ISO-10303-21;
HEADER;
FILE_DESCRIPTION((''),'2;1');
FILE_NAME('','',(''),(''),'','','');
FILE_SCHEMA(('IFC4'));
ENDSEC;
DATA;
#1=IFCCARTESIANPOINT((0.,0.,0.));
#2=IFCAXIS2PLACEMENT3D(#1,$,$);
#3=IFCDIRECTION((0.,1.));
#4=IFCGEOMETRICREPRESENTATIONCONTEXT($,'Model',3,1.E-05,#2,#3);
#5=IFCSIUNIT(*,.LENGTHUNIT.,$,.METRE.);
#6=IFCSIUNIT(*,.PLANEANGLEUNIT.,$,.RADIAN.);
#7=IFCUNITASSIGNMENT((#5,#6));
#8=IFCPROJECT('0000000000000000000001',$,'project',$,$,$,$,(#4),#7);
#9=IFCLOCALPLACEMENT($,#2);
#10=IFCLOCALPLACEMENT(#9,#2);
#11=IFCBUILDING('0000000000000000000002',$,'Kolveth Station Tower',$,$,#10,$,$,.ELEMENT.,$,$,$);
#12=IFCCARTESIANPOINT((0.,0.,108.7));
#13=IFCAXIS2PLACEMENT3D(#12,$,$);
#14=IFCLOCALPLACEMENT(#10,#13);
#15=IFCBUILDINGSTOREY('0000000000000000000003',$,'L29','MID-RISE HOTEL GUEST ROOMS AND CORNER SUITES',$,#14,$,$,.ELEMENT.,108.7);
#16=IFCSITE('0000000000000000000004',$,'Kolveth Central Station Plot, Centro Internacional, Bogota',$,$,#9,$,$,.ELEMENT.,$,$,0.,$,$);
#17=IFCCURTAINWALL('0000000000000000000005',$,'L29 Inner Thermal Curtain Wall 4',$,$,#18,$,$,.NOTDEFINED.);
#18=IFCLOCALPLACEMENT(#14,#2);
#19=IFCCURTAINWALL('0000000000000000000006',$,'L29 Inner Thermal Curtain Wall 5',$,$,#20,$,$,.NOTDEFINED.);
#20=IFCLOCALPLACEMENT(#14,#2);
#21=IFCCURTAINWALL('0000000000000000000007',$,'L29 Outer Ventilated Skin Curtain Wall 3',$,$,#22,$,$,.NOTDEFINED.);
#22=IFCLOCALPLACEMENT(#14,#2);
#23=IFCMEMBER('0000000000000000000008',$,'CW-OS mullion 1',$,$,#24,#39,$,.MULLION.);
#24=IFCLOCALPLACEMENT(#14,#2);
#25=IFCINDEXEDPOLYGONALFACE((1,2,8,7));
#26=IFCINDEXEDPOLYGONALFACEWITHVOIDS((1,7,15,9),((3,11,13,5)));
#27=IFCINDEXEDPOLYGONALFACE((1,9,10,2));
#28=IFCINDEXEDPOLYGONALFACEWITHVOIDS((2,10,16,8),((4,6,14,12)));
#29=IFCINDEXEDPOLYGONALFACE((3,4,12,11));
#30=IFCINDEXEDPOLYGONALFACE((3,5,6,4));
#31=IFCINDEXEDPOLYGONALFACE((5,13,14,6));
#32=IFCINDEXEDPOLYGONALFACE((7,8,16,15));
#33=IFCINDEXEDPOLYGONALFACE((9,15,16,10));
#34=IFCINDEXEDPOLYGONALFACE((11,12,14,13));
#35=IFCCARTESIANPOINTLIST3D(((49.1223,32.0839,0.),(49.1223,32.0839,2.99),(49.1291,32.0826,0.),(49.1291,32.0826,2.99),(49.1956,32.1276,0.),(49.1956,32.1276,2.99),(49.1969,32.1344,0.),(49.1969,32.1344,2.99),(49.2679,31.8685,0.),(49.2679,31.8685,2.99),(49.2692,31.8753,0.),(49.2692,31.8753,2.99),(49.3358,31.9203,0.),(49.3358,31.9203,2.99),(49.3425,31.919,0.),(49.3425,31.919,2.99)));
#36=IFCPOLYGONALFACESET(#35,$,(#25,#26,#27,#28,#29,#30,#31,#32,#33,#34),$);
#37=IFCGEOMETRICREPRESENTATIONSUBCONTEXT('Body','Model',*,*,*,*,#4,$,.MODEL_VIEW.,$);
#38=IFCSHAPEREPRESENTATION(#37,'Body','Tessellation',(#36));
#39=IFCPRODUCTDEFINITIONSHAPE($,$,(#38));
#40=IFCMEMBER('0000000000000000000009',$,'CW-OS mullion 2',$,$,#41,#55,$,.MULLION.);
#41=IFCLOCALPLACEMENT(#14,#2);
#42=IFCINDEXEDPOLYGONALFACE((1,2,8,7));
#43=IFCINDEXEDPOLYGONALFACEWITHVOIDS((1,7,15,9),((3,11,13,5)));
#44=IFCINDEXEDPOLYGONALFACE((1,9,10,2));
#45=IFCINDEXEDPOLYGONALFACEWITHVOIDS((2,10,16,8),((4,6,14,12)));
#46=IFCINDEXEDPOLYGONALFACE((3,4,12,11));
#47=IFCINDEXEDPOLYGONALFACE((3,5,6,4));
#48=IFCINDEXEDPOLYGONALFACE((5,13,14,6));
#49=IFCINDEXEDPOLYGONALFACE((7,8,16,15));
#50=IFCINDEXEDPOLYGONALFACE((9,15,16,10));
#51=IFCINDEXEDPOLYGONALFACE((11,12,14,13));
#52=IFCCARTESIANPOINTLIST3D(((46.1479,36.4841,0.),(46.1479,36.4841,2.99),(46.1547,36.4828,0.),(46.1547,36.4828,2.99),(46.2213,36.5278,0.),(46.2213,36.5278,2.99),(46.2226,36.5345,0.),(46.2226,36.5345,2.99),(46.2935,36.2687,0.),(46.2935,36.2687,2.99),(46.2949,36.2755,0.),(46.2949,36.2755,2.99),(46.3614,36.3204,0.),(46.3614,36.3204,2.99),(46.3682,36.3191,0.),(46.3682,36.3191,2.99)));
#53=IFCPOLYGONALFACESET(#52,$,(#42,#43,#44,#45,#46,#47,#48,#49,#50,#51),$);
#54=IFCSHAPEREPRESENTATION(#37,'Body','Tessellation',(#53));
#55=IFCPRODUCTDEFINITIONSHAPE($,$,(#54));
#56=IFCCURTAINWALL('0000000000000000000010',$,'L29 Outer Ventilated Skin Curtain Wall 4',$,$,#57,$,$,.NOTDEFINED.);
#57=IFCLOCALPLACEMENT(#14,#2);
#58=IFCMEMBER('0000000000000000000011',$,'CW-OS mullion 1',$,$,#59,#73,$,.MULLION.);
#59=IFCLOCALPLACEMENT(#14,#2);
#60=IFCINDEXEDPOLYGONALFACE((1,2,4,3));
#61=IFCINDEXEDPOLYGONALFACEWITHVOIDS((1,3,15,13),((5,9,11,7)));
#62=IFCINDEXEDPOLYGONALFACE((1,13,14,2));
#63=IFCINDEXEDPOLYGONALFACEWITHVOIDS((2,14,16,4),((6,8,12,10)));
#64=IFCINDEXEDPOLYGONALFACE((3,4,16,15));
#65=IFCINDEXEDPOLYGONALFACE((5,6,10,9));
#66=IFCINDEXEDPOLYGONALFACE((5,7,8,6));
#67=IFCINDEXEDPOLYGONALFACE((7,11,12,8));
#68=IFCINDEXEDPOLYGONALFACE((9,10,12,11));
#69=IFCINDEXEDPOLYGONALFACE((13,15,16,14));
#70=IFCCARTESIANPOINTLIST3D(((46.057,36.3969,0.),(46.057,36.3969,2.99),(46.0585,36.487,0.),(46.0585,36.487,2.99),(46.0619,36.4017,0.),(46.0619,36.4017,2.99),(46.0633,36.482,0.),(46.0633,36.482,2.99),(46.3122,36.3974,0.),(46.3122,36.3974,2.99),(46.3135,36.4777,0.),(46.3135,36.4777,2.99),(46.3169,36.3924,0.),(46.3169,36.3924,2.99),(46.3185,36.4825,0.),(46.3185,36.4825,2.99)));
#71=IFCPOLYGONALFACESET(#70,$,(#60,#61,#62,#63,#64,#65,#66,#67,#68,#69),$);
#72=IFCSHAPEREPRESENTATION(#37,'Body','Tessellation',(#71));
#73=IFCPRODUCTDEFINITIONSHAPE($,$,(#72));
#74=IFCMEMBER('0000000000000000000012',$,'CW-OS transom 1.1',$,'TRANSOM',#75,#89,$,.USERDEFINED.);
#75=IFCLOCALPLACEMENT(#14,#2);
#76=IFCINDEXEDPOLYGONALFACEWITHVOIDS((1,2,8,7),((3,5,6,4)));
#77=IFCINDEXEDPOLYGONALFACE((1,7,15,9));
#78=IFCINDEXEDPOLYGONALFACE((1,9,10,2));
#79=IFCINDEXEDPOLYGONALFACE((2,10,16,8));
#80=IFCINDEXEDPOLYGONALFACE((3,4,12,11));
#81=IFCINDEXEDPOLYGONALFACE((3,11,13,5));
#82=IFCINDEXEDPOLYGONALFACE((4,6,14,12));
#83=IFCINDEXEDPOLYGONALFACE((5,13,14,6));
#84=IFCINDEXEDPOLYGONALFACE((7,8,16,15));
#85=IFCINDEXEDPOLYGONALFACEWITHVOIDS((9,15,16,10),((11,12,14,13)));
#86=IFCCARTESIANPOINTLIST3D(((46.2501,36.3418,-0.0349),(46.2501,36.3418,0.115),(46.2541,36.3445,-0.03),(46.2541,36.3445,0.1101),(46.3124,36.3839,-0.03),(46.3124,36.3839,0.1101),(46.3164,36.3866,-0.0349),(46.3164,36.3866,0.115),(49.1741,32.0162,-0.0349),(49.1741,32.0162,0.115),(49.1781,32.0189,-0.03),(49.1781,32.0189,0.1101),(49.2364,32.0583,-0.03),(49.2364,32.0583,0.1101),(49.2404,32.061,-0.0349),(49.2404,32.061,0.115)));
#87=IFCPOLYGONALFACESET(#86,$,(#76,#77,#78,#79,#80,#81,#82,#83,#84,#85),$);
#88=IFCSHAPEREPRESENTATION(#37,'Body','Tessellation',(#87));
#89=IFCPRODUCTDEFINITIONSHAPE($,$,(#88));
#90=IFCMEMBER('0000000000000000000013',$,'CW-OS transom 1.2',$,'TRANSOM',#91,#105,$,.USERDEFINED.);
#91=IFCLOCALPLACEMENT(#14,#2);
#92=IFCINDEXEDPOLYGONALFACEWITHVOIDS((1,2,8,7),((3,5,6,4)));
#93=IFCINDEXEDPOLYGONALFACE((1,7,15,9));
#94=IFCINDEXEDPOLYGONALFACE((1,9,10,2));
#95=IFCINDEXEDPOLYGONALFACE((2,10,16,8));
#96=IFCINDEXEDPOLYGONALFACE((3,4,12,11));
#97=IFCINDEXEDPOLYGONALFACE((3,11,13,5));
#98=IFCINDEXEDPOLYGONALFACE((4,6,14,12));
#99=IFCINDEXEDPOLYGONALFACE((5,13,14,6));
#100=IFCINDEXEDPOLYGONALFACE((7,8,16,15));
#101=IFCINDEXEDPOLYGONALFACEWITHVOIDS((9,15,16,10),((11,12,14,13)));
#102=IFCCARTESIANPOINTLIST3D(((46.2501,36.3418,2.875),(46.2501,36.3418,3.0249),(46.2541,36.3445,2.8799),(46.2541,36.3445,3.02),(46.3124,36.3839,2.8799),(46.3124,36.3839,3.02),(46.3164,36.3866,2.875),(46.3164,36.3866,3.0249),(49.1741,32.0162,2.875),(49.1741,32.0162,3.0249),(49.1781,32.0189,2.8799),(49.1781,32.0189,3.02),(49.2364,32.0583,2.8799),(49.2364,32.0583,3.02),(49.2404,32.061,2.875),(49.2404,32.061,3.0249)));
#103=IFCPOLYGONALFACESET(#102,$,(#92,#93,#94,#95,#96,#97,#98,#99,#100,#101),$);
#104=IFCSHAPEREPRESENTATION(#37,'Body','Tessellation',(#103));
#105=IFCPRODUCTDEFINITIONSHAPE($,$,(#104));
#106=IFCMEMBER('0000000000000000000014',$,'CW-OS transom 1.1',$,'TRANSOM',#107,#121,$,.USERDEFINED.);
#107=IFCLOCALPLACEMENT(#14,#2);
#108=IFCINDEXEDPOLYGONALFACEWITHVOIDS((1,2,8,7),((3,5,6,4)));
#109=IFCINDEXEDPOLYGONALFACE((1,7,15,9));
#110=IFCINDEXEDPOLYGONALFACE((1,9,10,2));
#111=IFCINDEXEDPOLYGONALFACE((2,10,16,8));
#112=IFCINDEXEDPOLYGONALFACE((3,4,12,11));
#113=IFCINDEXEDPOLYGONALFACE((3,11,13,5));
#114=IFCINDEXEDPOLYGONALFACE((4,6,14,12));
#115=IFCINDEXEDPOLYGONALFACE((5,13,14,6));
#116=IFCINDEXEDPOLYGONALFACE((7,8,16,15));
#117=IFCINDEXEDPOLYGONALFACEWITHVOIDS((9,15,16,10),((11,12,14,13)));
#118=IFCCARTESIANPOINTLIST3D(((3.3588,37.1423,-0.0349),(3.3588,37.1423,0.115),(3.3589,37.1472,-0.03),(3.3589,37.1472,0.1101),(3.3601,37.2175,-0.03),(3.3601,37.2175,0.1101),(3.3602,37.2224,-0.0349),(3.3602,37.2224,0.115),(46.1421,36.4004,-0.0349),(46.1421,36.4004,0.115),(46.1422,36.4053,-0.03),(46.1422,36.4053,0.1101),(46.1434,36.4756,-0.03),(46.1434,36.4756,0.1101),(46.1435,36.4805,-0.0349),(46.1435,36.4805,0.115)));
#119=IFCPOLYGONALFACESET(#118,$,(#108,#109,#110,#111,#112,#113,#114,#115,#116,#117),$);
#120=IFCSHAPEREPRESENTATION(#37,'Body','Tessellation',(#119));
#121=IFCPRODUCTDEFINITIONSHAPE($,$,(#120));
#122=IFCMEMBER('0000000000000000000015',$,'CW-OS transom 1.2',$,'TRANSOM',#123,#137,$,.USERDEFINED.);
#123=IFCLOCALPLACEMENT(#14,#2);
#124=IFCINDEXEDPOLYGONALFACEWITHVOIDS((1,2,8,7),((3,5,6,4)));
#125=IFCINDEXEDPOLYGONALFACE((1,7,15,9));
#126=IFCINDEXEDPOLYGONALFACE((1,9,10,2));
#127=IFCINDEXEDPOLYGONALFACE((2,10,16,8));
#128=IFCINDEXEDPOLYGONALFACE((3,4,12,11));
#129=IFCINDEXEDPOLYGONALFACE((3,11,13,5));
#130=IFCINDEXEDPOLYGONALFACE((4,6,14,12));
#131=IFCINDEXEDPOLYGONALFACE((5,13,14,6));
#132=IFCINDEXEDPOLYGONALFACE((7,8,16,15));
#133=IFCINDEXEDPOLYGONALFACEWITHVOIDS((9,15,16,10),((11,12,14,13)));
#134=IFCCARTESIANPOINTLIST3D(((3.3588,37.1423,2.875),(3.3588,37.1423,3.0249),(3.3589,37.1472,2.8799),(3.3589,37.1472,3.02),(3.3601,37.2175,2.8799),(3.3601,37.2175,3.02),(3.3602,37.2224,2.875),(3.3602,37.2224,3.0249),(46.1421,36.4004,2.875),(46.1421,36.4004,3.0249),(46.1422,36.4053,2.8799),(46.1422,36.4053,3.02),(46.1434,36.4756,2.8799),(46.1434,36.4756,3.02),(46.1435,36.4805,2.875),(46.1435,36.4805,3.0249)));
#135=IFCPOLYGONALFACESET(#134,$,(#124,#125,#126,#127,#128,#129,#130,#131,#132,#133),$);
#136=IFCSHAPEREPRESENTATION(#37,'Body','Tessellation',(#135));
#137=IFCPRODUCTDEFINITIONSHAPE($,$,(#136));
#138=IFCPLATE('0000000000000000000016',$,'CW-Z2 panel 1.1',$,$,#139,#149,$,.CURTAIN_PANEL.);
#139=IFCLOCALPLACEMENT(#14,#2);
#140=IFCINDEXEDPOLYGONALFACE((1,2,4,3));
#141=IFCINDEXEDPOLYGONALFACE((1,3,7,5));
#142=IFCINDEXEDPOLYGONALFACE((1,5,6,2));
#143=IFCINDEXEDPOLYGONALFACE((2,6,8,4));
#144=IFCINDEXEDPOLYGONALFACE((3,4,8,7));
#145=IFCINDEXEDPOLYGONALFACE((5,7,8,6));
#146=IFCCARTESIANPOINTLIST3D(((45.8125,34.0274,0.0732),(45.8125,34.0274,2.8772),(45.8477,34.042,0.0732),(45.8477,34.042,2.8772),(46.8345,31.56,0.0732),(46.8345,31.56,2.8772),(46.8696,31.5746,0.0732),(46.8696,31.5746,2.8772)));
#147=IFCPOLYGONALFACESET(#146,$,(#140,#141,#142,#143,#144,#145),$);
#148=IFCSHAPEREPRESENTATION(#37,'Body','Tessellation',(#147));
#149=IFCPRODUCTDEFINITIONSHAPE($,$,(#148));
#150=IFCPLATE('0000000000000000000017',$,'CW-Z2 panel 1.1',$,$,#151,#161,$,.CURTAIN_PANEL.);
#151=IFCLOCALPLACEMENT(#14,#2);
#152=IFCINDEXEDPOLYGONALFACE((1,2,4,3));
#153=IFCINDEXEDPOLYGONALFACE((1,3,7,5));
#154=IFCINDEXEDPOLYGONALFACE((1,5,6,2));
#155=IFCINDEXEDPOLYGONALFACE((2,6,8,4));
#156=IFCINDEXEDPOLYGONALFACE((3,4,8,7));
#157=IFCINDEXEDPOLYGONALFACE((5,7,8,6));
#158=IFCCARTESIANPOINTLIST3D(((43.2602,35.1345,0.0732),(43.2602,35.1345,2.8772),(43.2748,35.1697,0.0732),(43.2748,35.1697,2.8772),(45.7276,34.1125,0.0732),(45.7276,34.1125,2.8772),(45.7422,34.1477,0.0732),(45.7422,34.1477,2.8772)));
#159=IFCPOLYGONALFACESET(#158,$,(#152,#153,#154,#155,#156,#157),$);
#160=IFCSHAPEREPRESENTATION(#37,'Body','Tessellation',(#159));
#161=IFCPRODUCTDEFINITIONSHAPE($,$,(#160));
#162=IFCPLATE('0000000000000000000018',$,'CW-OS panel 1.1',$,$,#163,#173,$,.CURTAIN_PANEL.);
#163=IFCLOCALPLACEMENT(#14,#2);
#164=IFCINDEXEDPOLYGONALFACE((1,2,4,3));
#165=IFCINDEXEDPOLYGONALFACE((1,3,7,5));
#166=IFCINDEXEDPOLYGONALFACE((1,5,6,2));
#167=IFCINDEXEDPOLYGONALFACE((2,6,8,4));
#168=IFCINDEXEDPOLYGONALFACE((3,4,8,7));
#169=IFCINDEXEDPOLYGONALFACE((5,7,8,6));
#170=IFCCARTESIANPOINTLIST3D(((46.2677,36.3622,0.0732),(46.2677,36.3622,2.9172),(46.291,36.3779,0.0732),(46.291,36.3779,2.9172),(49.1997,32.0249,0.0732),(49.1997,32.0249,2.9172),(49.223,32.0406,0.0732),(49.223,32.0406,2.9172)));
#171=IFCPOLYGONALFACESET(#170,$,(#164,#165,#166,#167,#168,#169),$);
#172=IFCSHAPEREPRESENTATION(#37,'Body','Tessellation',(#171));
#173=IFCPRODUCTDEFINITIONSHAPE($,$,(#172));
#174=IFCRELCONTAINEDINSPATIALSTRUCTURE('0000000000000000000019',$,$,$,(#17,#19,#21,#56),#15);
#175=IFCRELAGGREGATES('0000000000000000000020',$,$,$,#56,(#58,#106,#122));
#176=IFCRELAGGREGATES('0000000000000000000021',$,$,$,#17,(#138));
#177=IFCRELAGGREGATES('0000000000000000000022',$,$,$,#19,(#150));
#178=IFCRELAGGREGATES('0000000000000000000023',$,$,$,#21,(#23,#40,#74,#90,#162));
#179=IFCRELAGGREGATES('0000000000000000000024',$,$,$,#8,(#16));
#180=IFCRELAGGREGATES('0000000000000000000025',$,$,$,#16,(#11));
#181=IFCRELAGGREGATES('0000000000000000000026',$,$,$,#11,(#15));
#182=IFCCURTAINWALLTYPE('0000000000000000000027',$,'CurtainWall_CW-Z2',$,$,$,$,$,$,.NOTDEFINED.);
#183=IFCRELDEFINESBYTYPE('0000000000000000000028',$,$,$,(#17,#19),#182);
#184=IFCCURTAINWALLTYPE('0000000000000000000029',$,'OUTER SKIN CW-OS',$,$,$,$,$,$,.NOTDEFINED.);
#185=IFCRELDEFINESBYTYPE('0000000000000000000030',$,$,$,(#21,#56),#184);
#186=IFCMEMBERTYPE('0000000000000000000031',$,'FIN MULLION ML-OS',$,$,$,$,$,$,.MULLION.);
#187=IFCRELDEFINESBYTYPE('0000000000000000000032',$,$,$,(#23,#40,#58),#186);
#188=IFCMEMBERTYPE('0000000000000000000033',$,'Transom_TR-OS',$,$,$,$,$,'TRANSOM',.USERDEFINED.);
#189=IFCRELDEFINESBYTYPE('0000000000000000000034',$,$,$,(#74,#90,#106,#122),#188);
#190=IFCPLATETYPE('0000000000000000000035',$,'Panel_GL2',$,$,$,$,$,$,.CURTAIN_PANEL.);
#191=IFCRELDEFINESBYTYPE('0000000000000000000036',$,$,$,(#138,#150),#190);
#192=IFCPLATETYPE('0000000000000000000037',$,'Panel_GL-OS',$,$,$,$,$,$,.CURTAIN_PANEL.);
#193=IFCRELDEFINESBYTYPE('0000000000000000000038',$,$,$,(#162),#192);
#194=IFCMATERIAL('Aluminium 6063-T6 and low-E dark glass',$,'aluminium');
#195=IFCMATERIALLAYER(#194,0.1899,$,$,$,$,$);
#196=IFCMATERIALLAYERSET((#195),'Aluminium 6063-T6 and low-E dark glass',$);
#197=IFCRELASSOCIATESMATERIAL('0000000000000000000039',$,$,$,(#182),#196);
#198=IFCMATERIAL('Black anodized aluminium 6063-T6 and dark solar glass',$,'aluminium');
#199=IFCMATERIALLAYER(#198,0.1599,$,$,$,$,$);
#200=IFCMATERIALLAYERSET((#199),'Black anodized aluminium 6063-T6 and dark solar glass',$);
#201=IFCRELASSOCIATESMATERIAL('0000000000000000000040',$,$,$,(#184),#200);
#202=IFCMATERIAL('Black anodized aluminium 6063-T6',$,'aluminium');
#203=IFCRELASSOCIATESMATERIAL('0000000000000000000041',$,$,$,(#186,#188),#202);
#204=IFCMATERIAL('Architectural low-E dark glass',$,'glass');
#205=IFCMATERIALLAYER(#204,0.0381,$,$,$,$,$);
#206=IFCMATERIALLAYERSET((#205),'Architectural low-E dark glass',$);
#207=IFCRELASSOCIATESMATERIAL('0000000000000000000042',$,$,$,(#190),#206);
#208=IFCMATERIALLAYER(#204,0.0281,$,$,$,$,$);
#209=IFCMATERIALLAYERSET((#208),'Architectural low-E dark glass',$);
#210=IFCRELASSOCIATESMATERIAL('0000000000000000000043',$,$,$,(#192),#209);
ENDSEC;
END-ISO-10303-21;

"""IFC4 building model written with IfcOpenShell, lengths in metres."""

from ifc_helpers import new_model, si_unit, direction, frame, origin, origin_2d, place, context, subcontext, project, spatial, rectangle, hollow_rectangle, extrude, source, transform, mapped, material, layer, layer_set, material_profile, profile_set, type_object, element, aggregate, save


model = new_model("IFC4")

# Units and contexts
model_context = context("Model", 3, precision=1e-05, world=origin(), true_north=direction((0.0, 1.0)))
body_context = subcontext(model_context, "Body", "Model", "MODEL_VIEW")
ifc_project = project(units=[si_unit("LENGTHUNIT", "METRE"), si_unit("PLANEANGLEUNIT", "RADIAN")], contexts=[model_context])

# Site, building, storey
site_placement = place(None, origin())
site = spatial("IfcSite", under=ifc_project, at=site_placement, Name="Kolveth Central Station Plot, Centro Internacional, Bogota", CompositionType="ELEMENT", RefElevation=0.0)
building_placement = place(site_placement, origin())
building = spatial("IfcBuilding", under=site, at=building_placement, Name="Kolveth Station Tower", CompositionType="ELEMENT")
storey_placement = place(building_placement, frame((0.0, 0.0, 108.7)))
storey = spatial("IfcBuildingStorey", under=building, at=storey_placement, Name="L29", Description="MID-RISE HOTEL GUEST ROOMS AND CORNER SUITES", CompositionType="ELEMENT", Elevation=108.7)

# Curtain wall
ifc_material_1 = material(Name="Aluminium 6063-T6 and low-E dark glass", Category="aluminium")
ifc_layer_1 = layer(ifc_material_1, 0.1899)
ifc_layer_set_1 = layer_set([ifc_layer_1], Name="Aluminium 6063-T6 and low-E dark glass")
curtain_wall_type_1 = type_object("IfcCurtainWallType", Name="CurtainWall_CW-Z2", PredefinedType="NOTDEFINED", material=ifc_layer_set_1)
curtain_wall_1_placement = place(storey_placement, origin())
curtain_wall_1 = element("IfcCurtainWall", 1, at=curtain_wall_1_placement, inside=storey, type_object=curtain_wall_type_1, Name="L29 Inner Thermal Curtain Wall 4", PredefinedType="NOTDEFINED")
ifc_material_2 = material(Name="Black anodized aluminium 6063-T6", Category="aluminium")

# Curtain wall
curtain_wall_2_placement = place(storey_placement, origin())
curtain_wall_2 = element("IfcCurtainWall", 2, at=curtain_wall_2_placement, inside=storey, type_object=curtain_wall_type_1, Name="L29 Inner Thermal Curtain Wall 5", PredefinedType="NOTDEFINED")

# Shared definitions
ifc_material_3 = material(Name="Black anodized aluminium 6063-T6 and dark solar glass", Category="aluminium")
ifc_layer_2 = layer(ifc_material_3, 0.1599)
ifc_layer_set_2 = layer_set([ifc_layer_2], Name="Black anodized aluminium 6063-T6 and dark solar glass")
curtain_wall_type_2 = type_object("IfcCurtainWallType", Name="OUTER SKIN CW-OS", PredefinedType="NOTDEFINED", material=ifc_layer_set_2)
ifc_material_profile_1 = material_profile(ifc_material_2, hollow_rectangle(XDim=0.0901, YDim=0.26, WallThickness=0.0049, at=origin_2d()), Name="ALU-90x260x5")
ifc_profile_set_1 = profile_set([ifc_material_profile_1], Name="Black anodized aluminium 6063-T6")
member_type_1 = type_object("IfcMemberType", Name="FIN MULLION ML-OS", PredefinedType="MULLION", material=ifc_profile_set_1)
shared_shape_1 = source(origin(), body_context, "Body", "SweptSolid", [
    extrude(hollow_rectangle(XDim=0.0901, YDim=0.26, WallThickness=0.0049, at=origin_2d()), origin(), (0.0, 0.0, 1.0), 2.99),
])

# Curtain wall, members
curtain_wall_3_placement = place(storey_placement, origin())
curtain_wall_3 = element("IfcCurtainWall", 3, at=curtain_wall_3_placement, inside=storey, type_object=curtain_wall_type_2, Name="L29 Outer Ventilated Skin Curtain Wall 3", PredefinedType="NOTDEFINED")
member_1_placement = place(storey_placement, frame((49.2324, 32.0015, 0.0), z_axis=(0.0, 0.0, 1.0), x_axis=(-0.82847, -0.560034, 0.0)))
member_1 = element("IfcMember", 4, at=member_1_placement, type_object=member_type_1, Name="CW-OS mullion 1", PredefinedType="MULLION", context=body_context, shape_type="MappedRepresentation", body=[
    mapped(shared_shape_1, transform((0.0, 0.0, 0.0), x_axis=(1.0, 0.0, 0.0), y_axis=(0.0, 1.0, 0.0), z_axis=(0.0, 0.0, 1.0), scale=1.0)),
])
member_2_placement = place(storey_placement, frame((46.2581, 36.4016, 0.0), z_axis=(0.0, 0.0, 1.0), x_axis=(-0.82847, -0.560034, 0.0)))
member_2 = element("IfcMember", 5, at=member_2_placement, type_object=member_type_1, Name="CW-OS mullion 2", PredefinedType="MULLION", context=body_context, shape_type="MappedRepresentation", body=[
    mapped(shared_shape_1, transform((0.0, 0.0, 0.0), x_axis=(1.0, 0.0, 0.0), y_axis=(0.0, 1.0, 0.0), z_axis=(0.0, 0.0, 1.0), scale=1.0)),
])

# Curtain wall, member
curtain_wall_4_placement = place(storey_placement, origin())
curtain_wall_4 = element("IfcCurtainWall", 6, at=curtain_wall_4_placement, inside=storey, type_object=curtain_wall_type_2, Name="L29 Outer Ventilated Skin Curtain Wall 4", PredefinedType="NOTDEFINED")
member_3_placement = place(storey_placement, frame((46.1877, 36.4397, 0.0), z_axis=(0.0, 0.0, 1.0), x_axis=(-0.017338, -0.99985, 0.0)))
member_3 = element("IfcMember", 7, at=member_3_placement, type_object=member_type_1, Name="CW-OS mullion 1", PredefinedType="MULLION", context=body_context, shape_type="MappedRepresentation", body=[
    mapped(shared_shape_1, transform((0.0, 0.0, 0.0), x_axis=(1.0, 0.0, 0.0), y_axis=(0.0, 1.0, 0.0), z_axis=(0.0, 0.0, 1.0), scale=1.0)),
])

# Members
ifc_material_profile_2 = material_profile(ifc_material_2, hollow_rectangle(XDim=0.0801, YDim=0.1499, WallThickness=0.0049, at=origin_2d()), Name="ALU-80x150x5")
ifc_profile_set_2 = profile_set([ifc_material_profile_2], Name="Black anodized aluminium 6063-T6")
member_type_2 = type_object("IfcMemberType", Name="Transom_TR-OS", ElementType="TRANSOM", PredefinedType="USERDEFINED", material=ifc_profile_set_2)
shared_shape_2 = source(origin(), body_context, "Body", "SweptSolid", [
    extrude(hollow_rectangle(XDim=0.0801, YDim=0.1499, WallThickness=0.0049, at=origin_2d()), origin(), (0.0, 0.0, 1.0), 5.2212),
])
member_4_placement = place(storey_placement, frame((49.2073, 32.0386, 0.04), z_axis=(-0.56003, 0.828472, 0.0), x_axis=(-0.828472, -0.56003, 0.0)))
member_4 = element("IfcMember", 8, at=member_4_placement, type_object=member_type_2, Name="CW-OS transom 1.1", ObjectType="TRANSOM", PredefinedType="USERDEFINED", context=body_context, shape_type="MappedRepresentation", body=[
    mapped(shared_shape_2, transform((0.0, 0.0, 0.0), x_axis=(1.0, 0.0, 0.0), y_axis=(0.0, 1.0, 0.0), z_axis=(0.0, 0.0, 1.0), scale=1.0)),
])
member_5_placement = place(storey_placement, frame((49.2073, 32.0386, 2.95), z_axis=(-0.56003, 0.828472, 0.0), x_axis=(-0.828472, -0.56003, 0.0)))
member_5 = element("IfcMember", 9, at=member_5_placement, type_object=member_type_2, Name="CW-OS transom 1.2", ObjectType="TRANSOM", PredefinedType="USERDEFINED", context=body_context, shape_type="MappedRepresentation", body=[
    mapped(shared_shape_2, transform((0.0, 0.0, 0.0), x_axis=(1.0, 0.0, 0.0), y_axis=(0.0, 1.0, 0.0), z_axis=(0.0, 0.0, 1.0), scale=1.0)),
])
shared_shape_3 = source(origin(), body_context, "Body", "SweptSolid", [
    extrude(hollow_rectangle(XDim=0.0801, YDim=0.1499, WallThickness=0.0049, at=origin_2d()), origin(), (0.0, 0.0, 1.0), 42.7898),
])
member_6_placement = place(storey_placement, frame((46.1428, 36.4404, 0.04), z_axis=(-0.99985, 0.017339, 0.0), x_axis=(-0.017339, -0.99985, 0.0)))
member_6 = element("IfcMember", 10, at=member_6_placement, type_object=member_type_2, Name="CW-OS transom 1.1", ObjectType="TRANSOM", PredefinedType="USERDEFINED", context=body_context, shape_type="MappedRepresentation", body=[
    mapped(shared_shape_3, transform((0.0, 0.0, 0.0), x_axis=(1.0, 0.0, 0.0), y_axis=(0.0, 1.0, 0.0), z_axis=(0.0, 0.0, 1.0), scale=1.0)),
])
member_7_placement = place(storey_placement, frame((46.1428, 36.4404, 2.95), z_axis=(-0.99985, 0.017339, 0.0), x_axis=(-0.017339, -0.99985, 0.0)))
member_7 = element("IfcMember", 11, at=member_7_placement, type_object=member_type_2, Name="CW-OS transom 1.2", ObjectType="TRANSOM", PredefinedType="USERDEFINED", context=body_context, shape_type="MappedRepresentation", body=[
    mapped(shared_shape_3, transform((0.0, 0.0, 0.0), x_axis=(1.0, 0.0, 0.0), y_axis=(0.0, 1.0, 0.0), z_axis=(0.0, 0.0, 1.0), scale=1.0)),
])
aggregate(curtain_wall_4, [member_3, member_6, member_7])

# Plates
ifc_material_4 = material(Name="Architectural low-E dark glass", Category="glass")
ifc_layer_3 = layer(ifc_material_4, 0.0381)
ifc_layer_set_3 = layer_set([ifc_layer_3], Name="Architectural low-E dark glass")
plate_type_1 = type_object("IfcPlateType", Name="Panel_GL2", PredefinedType="CURTAIN_PANEL", material=ifc_layer_set_3)
shared_shape_4 = source(origin(), body_context, "Body", "SweptSolid", [
    extrude(rectangle(XDim=2.6707, YDim=0.0381, at=origin_2d()), origin(), (0.0, 0.0, 1.0), 2.804),
])
plate_1_placement = place(storey_placement, frame((46.3411, 32.801, 0.0732), z_axis=(0.0, 0.0, 1.0), x_axis=(-0.382663, 0.923888, 0.0)))
plate_1 = element("IfcPlate", 12, at=plate_1_placement, type_object=plate_type_1, Name="CW-Z2 panel 1.1", PredefinedType="CURTAIN_PANEL", context=body_context, shape_type="MappedRepresentation", body=[
    mapped(shared_shape_4, transform((0.0, 0.0, 0.0), x_axis=(1.0, 0.0, 0.0), y_axis=(0.0, 1.0, 0.0), z_axis=(0.0, 0.0, 1.0), scale=1.0)),
])
aggregate(curtain_wall_1, [plate_1])
plate_2_placement = place(storey_placement, frame((44.5012, 34.6411, 0.0732), z_axis=(0.0, 0.0, 1.0), x_axis=(-0.923888, 0.382663, 0.0)))
plate_2 = element("IfcPlate", 13, at=plate_2_placement, type_object=plate_type_1, Name="CW-Z2 panel 1.1", PredefinedType="CURTAIN_PANEL", context=body_context, shape_type="MappedRepresentation", body=[
    mapped(shared_shape_4, transform((0.0, 0.0, 0.0), x_axis=(1.0, 0.0, 0.0), y_axis=(0.0, 1.0, 0.0), z_axis=(0.0, 0.0, 1.0), scale=1.0)),
])
aggregate(curtain_wall_2, [plate_2])
ifc_layer_4 = layer(ifc_material_4, 0.0281)
ifc_layer_set_4 = layer_set([ifc_layer_4], Name="Architectural low-E dark glass")
plate_type_2 = type_object("IfcPlateType", Name="Panel_GL-OS", PredefinedType="CURTAIN_PANEL", material=ifc_layer_set_4)
shared_shape_5 = source(origin(), body_context, "Body", "SweptSolid", [
    extrude(rectangle(XDim=5.2354, YDim=0.0281, at=origin_2d()), origin(), (0.0, 0.0, 1.0), 2.844),
])
plate_3_placement = place(storey_placement, frame((47.7454, 34.2014, 0.0732), z_axis=(0.0, 0.0, 1.0), x_axis=(-0.560034, 0.82847, 0.0)))
plate_3 = element("IfcPlate", 14, at=plate_3_placement, type_object=plate_type_2, Name="CW-OS panel 1.1", PredefinedType="CURTAIN_PANEL", context=body_context, shape_type="MappedRepresentation", body=[
    mapped(shared_shape_5, transform((0.0, 0.0, 0.0), x_axis=(1.0, 0.0, 0.0), y_axis=(0.0, 1.0, 0.0), z_axis=(0.0, 0.0, 1.0), scale=1.0)),
])
aggregate(curtain_wall_3, [member_1, member_2, member_4, member_5, plate_3])

save(model, "model.ifc")
